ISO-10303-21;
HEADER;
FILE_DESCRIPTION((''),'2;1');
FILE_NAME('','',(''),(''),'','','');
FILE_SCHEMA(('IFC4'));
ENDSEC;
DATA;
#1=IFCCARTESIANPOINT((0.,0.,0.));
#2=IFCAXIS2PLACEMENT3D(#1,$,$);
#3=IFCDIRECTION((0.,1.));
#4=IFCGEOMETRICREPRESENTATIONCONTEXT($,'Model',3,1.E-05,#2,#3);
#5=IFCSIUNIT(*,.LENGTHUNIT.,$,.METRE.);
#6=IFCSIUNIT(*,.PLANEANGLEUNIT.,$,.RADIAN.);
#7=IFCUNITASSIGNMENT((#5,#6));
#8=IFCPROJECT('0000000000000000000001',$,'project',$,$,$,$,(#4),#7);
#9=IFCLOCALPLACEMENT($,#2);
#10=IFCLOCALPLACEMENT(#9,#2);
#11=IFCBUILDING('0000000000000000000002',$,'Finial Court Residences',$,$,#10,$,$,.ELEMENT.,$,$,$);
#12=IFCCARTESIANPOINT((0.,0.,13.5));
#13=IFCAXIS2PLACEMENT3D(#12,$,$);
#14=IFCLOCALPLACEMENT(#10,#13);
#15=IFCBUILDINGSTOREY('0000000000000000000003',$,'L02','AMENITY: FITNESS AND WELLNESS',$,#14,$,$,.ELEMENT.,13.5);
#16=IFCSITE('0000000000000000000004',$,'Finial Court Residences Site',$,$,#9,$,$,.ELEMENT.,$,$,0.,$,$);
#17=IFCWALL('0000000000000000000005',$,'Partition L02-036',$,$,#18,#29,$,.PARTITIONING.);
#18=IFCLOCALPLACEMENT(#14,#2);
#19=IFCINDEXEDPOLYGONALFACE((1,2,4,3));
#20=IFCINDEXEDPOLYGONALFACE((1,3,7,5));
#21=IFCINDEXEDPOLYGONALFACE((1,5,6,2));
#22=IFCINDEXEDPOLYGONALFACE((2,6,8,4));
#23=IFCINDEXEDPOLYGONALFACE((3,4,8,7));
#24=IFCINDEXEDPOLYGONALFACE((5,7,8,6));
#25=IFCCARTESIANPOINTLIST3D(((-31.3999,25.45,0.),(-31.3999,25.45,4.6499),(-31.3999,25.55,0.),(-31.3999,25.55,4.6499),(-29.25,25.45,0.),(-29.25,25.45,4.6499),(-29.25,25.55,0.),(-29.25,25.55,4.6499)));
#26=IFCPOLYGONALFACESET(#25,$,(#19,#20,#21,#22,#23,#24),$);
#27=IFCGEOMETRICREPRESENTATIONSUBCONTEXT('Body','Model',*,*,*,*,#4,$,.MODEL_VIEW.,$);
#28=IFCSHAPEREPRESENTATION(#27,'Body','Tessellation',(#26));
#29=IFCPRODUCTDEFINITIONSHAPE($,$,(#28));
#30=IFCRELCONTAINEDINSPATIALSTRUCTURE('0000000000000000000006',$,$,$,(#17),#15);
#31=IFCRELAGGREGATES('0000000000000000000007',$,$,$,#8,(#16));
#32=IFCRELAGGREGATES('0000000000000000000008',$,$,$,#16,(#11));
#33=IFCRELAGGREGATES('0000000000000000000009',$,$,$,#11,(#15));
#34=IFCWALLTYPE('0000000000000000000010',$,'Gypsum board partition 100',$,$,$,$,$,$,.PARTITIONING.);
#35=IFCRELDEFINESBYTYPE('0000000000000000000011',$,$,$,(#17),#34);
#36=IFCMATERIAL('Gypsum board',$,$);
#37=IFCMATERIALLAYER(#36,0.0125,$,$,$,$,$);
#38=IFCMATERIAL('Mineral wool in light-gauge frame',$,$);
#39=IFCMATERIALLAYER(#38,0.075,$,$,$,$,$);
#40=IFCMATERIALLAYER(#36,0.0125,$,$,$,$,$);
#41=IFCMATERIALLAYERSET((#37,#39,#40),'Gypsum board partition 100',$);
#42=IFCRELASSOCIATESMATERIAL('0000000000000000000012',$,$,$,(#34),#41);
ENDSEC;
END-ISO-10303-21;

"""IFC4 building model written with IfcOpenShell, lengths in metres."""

from ifc_helpers import new_model, si_unit, direction, frame, frame_2d, origin, place, context, subcontext, project, spatial, rectangle, extrude, material, layer, layer_set, type_object, element, save


model = new_model("IFC4")

# Units and contexts
model_context = context("Model", 3, precision=1e-05, world=origin(), true_north=direction((0.0, 1.0)))
body_context = subcontext(model_context, "Body", "Model", "MODEL_VIEW")
ifc_project = project(units=[si_unit("LENGTHUNIT", "METRE"), si_unit("PLANEANGLEUNIT", "RADIAN")], contexts=[model_context])

# Site, building, storey
site_placement = place(None, origin())
site = spatial("IfcSite", under=ifc_project, at=site_placement, Name="Finial Court Residences Site", CompositionType="ELEMENT", RefElevation=0.0)
building_placement = place(site_placement, origin())
building = spatial("IfcBuilding", under=site, at=building_placement, Name="Finial Court Residences", CompositionType="ELEMENT")
storey_placement = place(building_placement, frame((0.0, 0.0, 13.5)))
storey = spatial("IfcBuildingStorey", under=building, at=storey_placement, Name="L02", Description="AMENITY: FITNESS AND WELLNESS", CompositionType="ELEMENT", Elevation=13.5)

# Shared definitions
ifc_material_1 = material(Name="Gypsum board")

# Wall
ifc_layer_1 = layer(ifc_material_1, 0.0125)
ifc_material_2 = material(Name="Mineral wool in light-gauge frame")
ifc_layer_2 = layer(ifc_material_2, 0.075)
ifc_layer_3 = layer(ifc_material_1, 0.0125)
ifc_layer_set_1 = layer_set([ifc_layer_1, ifc_layer_2, ifc_layer_3], Name="Gypsum board partition 100")
wall_type_1 = type_object("IfcWallType", Name="Gypsum board partition 100", PredefinedType="PARTITIONING", material=ifc_layer_set_1)
wall_1_placement = place(storey_placement, frame((-31.3999, 25.5, 0.0), z_axis=(0.0, 0.0, 1.0), x_axis=(1.0, 0.0, 0.0)))
element("IfcWall", 1, at=wall_1_placement, inside=storey, type_object=wall_type_1, Name="Partition L02-036", PredefinedType="PARTITIONING", context=body_context, shape_type="SweptSolid", body=[
    extrude(rectangle(XDim=2.1499, YDim=0.1001, at=frame_2d((1.075, 0.0))), origin(), (0.0, 0.0, 1.0), 4.6499),
])

save(model, "model.ifc")
